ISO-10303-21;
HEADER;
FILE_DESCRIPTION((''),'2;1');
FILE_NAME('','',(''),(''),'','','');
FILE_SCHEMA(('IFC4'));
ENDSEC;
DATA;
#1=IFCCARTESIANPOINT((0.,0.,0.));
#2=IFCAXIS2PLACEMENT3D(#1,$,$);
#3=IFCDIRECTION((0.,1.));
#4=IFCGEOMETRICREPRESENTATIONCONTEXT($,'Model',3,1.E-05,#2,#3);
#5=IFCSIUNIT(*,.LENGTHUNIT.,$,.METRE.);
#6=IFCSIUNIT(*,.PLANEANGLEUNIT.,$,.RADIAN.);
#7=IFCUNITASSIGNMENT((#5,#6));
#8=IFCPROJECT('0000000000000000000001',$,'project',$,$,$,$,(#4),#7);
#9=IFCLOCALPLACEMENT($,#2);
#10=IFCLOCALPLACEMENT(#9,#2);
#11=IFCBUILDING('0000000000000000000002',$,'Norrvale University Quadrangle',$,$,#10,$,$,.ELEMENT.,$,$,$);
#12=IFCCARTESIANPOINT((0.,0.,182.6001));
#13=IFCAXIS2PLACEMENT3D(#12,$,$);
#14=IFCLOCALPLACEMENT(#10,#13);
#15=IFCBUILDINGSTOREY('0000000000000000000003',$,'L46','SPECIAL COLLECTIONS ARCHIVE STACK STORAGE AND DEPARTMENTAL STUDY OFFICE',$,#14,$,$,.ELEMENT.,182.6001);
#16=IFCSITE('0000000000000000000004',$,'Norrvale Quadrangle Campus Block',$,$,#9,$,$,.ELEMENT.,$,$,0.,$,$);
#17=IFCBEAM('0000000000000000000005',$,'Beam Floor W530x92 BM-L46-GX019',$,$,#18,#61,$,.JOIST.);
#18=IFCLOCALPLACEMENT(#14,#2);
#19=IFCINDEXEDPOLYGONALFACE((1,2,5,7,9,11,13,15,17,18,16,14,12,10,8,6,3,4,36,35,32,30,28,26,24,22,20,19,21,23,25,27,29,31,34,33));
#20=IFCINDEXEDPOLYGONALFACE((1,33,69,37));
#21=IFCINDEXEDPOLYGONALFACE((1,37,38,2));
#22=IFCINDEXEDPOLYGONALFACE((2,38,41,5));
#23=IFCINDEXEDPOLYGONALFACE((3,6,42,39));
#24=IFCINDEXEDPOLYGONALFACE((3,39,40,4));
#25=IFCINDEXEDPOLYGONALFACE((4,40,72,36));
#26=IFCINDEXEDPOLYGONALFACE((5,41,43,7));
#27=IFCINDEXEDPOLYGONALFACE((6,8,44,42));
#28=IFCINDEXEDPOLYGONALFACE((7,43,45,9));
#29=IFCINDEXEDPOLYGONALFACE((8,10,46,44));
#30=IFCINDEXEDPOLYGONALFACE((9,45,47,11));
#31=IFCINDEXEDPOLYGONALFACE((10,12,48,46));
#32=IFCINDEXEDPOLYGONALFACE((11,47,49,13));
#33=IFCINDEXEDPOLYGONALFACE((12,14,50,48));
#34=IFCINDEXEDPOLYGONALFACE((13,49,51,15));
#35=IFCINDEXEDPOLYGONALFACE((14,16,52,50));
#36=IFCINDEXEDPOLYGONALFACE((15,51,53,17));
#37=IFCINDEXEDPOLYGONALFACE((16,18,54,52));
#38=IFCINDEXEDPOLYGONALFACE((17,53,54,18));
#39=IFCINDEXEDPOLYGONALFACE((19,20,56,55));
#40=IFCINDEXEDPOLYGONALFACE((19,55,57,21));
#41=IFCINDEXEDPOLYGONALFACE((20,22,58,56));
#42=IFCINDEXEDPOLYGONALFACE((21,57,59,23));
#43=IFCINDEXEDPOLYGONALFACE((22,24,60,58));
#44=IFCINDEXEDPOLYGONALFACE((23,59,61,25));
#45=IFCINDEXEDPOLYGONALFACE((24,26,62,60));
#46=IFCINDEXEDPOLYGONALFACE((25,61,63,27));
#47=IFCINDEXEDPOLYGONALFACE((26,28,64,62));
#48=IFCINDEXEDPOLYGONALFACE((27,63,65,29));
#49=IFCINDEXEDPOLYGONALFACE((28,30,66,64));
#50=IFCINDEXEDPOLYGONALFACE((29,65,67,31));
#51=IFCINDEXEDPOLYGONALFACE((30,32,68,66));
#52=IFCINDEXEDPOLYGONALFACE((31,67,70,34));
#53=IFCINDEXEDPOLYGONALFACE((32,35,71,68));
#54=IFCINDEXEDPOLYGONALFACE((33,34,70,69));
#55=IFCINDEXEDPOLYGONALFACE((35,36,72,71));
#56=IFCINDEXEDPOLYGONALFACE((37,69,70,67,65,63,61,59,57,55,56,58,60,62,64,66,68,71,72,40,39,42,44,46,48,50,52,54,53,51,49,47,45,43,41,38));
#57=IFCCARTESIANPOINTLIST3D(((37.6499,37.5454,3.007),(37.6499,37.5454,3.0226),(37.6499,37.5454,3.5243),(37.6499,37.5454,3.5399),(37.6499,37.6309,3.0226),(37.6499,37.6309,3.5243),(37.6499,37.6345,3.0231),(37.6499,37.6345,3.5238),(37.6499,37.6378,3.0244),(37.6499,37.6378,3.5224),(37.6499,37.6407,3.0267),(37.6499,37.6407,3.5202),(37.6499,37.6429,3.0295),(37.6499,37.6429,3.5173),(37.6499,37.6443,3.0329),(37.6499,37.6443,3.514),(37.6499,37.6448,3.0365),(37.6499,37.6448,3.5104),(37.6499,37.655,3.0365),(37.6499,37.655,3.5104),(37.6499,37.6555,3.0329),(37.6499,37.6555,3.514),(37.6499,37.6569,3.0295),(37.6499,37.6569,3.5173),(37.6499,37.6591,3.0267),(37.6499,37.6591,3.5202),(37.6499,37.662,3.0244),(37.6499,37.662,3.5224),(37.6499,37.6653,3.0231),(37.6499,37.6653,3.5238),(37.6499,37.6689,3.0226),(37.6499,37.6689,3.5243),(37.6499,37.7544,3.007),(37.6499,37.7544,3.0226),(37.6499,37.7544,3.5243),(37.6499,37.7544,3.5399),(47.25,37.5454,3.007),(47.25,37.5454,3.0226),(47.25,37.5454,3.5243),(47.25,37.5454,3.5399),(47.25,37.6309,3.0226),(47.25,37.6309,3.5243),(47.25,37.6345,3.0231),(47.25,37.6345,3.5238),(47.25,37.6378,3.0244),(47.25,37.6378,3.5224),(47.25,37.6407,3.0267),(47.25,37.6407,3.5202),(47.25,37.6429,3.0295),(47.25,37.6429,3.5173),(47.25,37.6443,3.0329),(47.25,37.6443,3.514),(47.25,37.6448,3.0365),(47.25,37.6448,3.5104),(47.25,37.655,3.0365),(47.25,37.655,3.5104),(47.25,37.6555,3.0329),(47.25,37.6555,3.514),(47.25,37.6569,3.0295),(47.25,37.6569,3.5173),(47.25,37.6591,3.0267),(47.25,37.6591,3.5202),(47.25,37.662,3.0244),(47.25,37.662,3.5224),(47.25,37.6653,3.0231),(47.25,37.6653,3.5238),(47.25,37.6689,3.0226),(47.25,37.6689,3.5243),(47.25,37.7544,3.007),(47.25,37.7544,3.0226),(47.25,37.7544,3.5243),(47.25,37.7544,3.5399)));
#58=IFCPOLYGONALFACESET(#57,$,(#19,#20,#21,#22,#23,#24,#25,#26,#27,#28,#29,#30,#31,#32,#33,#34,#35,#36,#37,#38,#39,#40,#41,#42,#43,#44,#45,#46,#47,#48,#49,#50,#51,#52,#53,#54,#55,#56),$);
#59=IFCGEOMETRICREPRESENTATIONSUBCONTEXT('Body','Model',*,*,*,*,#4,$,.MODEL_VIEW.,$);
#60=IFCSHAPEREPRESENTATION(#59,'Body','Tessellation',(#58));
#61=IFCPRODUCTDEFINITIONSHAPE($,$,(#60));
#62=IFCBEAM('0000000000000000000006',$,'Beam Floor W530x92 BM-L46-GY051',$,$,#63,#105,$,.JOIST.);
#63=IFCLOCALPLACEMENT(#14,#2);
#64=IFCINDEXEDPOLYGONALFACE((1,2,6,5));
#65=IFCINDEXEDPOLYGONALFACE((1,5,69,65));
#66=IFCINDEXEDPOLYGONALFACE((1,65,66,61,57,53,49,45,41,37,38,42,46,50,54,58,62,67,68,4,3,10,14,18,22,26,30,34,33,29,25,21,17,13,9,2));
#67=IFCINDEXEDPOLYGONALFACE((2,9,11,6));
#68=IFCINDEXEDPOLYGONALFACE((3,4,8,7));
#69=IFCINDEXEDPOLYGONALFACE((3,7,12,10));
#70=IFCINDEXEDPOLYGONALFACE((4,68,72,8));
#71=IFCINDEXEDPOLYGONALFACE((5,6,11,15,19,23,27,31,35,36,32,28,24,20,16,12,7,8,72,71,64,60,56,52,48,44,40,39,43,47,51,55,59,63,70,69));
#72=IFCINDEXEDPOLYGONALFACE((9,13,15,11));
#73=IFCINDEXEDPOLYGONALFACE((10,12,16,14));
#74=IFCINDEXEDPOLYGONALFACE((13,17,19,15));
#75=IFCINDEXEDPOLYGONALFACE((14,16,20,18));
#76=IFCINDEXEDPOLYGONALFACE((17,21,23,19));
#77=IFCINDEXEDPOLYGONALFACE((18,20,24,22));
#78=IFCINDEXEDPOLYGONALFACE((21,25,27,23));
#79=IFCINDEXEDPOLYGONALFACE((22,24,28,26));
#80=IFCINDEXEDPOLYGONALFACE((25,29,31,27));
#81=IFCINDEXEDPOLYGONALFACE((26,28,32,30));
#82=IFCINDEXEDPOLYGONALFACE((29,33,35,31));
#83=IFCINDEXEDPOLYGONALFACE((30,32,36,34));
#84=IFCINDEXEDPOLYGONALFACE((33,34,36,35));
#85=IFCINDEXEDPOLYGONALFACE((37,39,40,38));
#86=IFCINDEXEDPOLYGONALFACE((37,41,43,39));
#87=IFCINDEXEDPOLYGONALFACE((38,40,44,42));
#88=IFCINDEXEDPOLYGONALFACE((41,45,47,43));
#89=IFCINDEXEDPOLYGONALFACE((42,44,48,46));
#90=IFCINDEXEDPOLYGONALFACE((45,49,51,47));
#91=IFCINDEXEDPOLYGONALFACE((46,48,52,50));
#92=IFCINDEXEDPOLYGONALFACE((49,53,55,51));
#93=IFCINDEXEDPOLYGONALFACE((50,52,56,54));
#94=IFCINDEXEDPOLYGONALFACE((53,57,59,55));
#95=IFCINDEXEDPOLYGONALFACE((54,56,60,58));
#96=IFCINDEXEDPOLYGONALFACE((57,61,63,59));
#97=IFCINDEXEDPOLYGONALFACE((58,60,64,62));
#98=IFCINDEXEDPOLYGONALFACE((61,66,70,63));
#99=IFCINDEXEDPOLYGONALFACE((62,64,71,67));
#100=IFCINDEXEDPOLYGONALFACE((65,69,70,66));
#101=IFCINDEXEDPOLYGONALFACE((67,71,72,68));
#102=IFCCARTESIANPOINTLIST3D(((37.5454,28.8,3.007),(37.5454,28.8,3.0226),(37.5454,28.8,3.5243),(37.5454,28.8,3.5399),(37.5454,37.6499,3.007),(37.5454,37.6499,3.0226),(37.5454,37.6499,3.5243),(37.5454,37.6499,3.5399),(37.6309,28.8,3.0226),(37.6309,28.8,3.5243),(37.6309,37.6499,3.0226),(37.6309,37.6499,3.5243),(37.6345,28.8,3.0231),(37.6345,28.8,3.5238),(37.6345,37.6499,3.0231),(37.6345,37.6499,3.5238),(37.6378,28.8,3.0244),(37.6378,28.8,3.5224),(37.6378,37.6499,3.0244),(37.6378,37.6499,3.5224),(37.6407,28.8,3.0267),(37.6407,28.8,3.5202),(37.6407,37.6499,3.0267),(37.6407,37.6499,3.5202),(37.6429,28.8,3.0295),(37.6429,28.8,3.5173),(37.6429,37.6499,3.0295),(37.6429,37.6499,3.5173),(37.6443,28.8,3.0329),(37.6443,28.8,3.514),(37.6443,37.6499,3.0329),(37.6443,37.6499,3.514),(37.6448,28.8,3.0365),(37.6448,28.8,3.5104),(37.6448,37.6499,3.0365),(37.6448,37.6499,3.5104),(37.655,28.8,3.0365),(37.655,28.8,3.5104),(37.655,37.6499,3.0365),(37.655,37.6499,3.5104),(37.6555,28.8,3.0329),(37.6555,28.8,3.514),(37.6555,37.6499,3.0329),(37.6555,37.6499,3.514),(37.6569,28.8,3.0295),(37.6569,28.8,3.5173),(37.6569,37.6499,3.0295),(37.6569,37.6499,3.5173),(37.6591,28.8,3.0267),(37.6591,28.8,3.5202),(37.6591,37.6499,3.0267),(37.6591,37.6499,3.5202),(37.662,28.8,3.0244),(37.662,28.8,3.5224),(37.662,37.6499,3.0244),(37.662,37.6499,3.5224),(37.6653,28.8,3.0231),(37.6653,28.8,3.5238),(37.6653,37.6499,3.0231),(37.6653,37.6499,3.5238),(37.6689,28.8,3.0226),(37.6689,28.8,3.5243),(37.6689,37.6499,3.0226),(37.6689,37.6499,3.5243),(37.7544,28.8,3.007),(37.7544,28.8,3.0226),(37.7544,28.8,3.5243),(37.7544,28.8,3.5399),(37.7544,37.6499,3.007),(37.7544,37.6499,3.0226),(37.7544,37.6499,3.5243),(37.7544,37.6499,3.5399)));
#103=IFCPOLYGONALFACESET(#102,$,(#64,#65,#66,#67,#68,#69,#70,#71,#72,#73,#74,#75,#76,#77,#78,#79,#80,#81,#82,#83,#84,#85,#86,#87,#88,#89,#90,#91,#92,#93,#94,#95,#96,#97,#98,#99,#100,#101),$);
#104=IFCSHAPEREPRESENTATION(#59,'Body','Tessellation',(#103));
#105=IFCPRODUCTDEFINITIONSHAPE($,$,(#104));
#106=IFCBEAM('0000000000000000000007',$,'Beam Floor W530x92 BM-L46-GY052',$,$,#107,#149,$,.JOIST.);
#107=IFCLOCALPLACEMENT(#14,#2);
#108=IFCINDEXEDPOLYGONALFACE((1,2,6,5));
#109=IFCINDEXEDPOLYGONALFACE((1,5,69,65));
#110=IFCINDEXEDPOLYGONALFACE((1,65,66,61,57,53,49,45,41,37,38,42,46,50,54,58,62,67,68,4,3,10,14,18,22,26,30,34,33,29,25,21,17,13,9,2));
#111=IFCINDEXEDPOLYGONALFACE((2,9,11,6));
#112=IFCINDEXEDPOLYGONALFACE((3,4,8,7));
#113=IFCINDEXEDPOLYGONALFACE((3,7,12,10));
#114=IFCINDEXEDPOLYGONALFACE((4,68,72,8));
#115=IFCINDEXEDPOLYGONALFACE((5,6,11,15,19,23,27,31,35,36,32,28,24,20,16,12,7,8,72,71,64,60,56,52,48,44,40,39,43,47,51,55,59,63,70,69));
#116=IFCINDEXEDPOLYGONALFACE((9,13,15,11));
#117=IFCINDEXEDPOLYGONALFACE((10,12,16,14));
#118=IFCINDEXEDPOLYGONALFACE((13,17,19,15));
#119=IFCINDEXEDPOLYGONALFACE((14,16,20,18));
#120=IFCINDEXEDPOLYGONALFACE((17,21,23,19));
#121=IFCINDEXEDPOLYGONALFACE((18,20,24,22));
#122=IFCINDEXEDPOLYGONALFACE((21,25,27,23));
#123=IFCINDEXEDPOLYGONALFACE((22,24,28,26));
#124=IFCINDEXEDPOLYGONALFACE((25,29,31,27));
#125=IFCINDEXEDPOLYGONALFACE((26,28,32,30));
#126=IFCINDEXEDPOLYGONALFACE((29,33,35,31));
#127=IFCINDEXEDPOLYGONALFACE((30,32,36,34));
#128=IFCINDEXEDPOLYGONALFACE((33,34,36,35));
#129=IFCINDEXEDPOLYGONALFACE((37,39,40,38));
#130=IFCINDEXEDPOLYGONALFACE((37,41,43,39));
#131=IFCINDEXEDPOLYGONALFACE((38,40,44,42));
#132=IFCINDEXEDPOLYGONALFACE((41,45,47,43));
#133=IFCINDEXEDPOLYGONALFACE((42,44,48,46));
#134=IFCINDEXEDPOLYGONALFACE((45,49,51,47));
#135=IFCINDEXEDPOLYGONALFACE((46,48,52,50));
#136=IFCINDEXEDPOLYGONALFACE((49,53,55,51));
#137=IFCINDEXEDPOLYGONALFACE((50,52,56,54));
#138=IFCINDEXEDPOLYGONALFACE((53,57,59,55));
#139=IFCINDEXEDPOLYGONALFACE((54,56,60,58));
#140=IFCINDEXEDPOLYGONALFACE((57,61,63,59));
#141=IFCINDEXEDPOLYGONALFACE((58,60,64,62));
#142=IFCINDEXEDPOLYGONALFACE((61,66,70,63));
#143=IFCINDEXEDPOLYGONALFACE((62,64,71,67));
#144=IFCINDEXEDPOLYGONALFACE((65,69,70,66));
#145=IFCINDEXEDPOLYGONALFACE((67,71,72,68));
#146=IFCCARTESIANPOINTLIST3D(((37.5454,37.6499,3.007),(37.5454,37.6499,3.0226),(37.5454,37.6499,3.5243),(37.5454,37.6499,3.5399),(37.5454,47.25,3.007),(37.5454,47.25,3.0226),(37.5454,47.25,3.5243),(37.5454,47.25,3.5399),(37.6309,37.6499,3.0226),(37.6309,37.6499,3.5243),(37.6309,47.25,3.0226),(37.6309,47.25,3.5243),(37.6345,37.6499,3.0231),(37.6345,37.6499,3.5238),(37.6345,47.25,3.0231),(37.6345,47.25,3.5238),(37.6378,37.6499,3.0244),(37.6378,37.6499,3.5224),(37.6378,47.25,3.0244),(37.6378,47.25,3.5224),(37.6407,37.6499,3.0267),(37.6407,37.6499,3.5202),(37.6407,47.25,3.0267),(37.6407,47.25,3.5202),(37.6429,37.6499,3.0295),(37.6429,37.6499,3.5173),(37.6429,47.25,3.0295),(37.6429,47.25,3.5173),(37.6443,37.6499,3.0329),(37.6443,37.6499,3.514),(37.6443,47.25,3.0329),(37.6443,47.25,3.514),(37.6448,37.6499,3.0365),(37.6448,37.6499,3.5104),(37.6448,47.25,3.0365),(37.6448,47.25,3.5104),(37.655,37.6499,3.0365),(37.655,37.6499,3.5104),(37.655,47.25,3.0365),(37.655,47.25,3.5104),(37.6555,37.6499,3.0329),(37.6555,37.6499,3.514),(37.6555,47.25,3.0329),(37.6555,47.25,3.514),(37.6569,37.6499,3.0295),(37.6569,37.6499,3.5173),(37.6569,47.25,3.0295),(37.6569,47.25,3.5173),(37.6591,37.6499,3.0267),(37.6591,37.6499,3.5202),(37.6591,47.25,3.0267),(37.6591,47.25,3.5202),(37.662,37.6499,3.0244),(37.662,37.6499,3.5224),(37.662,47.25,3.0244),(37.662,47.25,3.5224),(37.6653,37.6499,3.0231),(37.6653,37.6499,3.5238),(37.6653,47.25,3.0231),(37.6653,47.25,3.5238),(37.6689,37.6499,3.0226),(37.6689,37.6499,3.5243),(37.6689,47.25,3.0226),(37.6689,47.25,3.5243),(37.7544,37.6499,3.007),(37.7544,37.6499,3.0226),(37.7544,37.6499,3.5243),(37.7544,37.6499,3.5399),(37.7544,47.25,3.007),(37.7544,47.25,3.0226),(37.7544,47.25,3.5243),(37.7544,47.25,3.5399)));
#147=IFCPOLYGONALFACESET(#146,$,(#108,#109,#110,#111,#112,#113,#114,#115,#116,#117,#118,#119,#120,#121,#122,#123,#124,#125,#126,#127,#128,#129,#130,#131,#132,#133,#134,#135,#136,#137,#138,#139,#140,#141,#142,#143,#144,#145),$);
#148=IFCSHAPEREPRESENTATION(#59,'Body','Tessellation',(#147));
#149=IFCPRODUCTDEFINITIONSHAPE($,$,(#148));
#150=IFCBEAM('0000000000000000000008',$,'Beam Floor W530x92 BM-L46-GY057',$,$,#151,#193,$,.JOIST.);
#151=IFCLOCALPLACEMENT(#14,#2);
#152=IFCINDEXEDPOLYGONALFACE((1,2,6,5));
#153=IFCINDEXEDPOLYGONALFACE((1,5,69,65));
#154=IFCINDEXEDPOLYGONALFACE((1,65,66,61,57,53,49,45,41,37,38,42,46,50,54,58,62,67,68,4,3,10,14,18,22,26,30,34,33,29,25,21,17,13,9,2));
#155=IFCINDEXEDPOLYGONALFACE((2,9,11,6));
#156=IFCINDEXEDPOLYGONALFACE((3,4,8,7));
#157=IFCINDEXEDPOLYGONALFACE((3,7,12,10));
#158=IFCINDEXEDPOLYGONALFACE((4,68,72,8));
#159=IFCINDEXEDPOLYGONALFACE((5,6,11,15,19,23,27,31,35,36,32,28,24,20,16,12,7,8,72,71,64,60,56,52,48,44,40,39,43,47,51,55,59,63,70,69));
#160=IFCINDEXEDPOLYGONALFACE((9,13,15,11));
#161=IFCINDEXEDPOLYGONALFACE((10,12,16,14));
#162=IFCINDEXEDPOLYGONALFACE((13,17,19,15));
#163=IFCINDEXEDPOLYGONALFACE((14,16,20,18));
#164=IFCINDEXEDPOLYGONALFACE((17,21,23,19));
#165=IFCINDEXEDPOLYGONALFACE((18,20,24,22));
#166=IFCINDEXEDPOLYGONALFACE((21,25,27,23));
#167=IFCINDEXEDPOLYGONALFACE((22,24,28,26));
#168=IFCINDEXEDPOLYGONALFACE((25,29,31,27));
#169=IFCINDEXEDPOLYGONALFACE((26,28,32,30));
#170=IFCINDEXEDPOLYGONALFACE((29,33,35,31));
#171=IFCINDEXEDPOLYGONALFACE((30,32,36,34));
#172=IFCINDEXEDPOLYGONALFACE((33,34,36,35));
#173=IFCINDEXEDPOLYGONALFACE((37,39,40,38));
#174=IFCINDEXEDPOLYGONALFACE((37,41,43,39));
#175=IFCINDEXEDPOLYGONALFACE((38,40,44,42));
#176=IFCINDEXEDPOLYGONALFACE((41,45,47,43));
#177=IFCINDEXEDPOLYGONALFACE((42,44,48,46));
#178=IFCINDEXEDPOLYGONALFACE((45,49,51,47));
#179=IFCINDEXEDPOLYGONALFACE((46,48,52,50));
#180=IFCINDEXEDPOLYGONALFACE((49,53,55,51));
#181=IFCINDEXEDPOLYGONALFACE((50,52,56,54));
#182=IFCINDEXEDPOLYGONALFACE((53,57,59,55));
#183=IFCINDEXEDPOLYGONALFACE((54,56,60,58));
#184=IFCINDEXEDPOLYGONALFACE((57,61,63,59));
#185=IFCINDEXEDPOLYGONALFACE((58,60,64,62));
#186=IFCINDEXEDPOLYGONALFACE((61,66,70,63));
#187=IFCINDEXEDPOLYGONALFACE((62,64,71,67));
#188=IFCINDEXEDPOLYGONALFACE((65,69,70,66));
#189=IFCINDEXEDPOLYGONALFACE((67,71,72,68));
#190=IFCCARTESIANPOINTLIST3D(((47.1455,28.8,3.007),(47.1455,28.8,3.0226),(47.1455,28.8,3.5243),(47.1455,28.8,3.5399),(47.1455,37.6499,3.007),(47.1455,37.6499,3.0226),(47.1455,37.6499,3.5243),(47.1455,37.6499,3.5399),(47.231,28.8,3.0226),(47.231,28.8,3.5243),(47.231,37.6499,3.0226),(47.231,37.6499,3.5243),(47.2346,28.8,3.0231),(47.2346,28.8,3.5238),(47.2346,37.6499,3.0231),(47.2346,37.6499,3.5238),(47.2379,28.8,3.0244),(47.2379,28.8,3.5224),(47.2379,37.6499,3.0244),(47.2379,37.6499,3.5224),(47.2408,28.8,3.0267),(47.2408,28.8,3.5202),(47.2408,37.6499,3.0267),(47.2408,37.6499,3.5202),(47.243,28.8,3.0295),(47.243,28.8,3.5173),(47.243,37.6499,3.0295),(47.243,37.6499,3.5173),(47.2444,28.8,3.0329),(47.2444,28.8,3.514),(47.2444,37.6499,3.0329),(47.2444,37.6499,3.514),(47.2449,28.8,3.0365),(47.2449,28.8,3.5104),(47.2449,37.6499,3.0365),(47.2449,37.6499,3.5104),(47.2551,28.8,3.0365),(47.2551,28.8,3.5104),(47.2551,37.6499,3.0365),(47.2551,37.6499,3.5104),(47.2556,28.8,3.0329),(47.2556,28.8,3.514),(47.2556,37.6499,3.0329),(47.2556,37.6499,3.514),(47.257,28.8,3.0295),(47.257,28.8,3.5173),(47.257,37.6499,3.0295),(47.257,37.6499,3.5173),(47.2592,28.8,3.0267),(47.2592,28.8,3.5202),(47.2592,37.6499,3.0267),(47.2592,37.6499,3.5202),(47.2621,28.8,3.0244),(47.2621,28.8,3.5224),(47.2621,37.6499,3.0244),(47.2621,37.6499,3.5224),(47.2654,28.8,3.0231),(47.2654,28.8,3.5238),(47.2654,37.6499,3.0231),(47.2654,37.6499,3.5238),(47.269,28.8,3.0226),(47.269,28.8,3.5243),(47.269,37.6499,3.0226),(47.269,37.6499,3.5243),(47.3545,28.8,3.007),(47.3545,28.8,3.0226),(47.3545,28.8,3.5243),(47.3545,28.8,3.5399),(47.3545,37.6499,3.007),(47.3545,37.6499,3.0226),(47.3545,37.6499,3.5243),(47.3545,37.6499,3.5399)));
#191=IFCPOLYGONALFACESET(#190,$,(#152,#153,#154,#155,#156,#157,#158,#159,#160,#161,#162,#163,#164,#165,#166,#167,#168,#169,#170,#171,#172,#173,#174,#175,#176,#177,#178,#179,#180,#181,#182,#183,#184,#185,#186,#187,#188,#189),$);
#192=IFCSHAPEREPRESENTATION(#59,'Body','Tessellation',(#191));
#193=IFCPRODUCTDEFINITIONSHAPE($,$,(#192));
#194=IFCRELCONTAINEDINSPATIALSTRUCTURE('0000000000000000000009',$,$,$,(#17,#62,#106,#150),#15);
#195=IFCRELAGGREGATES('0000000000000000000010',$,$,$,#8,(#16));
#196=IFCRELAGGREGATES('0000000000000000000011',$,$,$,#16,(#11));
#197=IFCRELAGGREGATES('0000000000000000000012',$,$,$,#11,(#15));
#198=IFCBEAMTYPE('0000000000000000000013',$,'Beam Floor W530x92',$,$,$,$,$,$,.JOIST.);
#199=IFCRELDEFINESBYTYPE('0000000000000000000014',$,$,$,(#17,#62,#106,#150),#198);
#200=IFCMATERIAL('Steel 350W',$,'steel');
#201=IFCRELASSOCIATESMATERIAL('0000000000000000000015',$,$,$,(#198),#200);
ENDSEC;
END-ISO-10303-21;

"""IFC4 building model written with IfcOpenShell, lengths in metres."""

from ifc_helpers import new_model, si_unit, direction, frame, origin, origin_2d, place, context, subcontext, project, spatial, i_section, extrude, material, material_profile, profile_set, type_object, element, save


model = new_model("IFC4")

# Units and contexts
model_context = context("Model", 3, precision=1e-05, world=origin(), true_north=direction((0.0, 1.0)))
body_context = subcontext(model_context, "Body", "Model", "MODEL_VIEW")
ifc_project = project(units=[si_unit("LENGTHUNIT", "METRE"), si_unit("PLANEANGLEUNIT", "RADIAN")], contexts=[model_context])

# Site, building, storey
site_placement = place(None, origin())
site = spatial("IfcSite", under=ifc_project, at=site_placement, Name="Norrvale Quadrangle Campus Block", CompositionType="ELEMENT", RefElevation=0.0)
building_placement = place(site_placement, origin())
building = spatial("IfcBuilding", under=site, at=building_placement, Name="Norrvale University Quadrangle", CompositionType="ELEMENT")
storey_placement = place(building_placement, frame((0.0, 0.0, 182.6001)))
storey = spatial("IfcBuildingStorey", under=building, at=storey_placement, Name="L46", Description="SPECIAL COLLECTIONS ARCHIVE STACK STORAGE AND DEPARTMENTAL STUDY OFFICE", CompositionType="ELEMENT", Elevation=182.6001)

# Beams
ifc_material_1 = material(Name="Steel 350W", Category="steel")
ifc_material_profile_1 = material_profile(ifc_material_1, i_section(OverallWidth=0.209, OverallDepth=0.533, WebThickness=0.0103, FlangeThickness=0.0156, FilletRadius=0.0139, at=origin_2d()), Name="Steel 350W")
ifc_profile_set_1 = profile_set([ifc_material_profile_1], Name="Steel 350W")
beam_type_1 = type_object("IfcBeamType", Name="Beam Floor W530x92", PredefinedType="JOIST", material=ifc_profile_set_1)
for number, where, z_axis, x_axis, name in (
    (1, (37.6499, 37.6499, 3.2734), (1.0, 0.0, 0.0), (0.0, 1.0, 0.0), "Beam Floor W530x92 BM-L46-GX019"),
):
    element("IfcBeam", number, at=place(storey_placement, frame(where, z_axis=z_axis, x_axis=x_axis)), inside=storey, type_object=beam_type_1, Name=name, PredefinedType="JOIST", context=body_context, shape_type="SweptSolid", body=[
        extrude(i_section(OverallWidth=0.209, OverallDepth=0.533, WebThickness=0.0103, FlangeThickness=0.0156, FilletRadius=0.0139, at=origin_2d()), origin(), (0.0, 0.0, 1.0), 9.6001),
    ])
beam_1_placement = place(storey_placement, frame((37.6499, 28.8, 3.2734), z_axis=(0.0, 1.0, 0.0), x_axis=(-1.0, 0.0, 0.0)))
element("IfcBeam", 2, at=beam_1_placement, inside=storey, type_object=beam_type_1, Name="Beam Floor W530x92 BM-L46-GY051", PredefinedType="JOIST", context=body_context, shape_type="SweptSolid", body=[
    extrude(i_section(OverallWidth=0.209, OverallDepth=0.533, WebThickness=0.0103, FlangeThickness=0.0156, FilletRadius=0.0139, at=origin_2d()), origin(), (0.0, 0.0, 1.0), 8.8499),
])
beam_2_placement = place(storey_placement, frame((37.6499, 37.6499, 3.2734), z_axis=(0.0, 1.0, 0.0), x_axis=(-1.0, 0.0, 0.0)))
element("IfcBeam", 3, at=beam_2_placement, inside=storey, type_object=beam_type_1, Name="Beam Floor W530x92 BM-L46-GY052", PredefinedType="JOIST", context=body_context, shape_type="SweptSolid", body=[
    extrude(i_section(OverallWidth=0.209, OverallDepth=0.533, WebThickness=0.0103, FlangeThickness=0.0156, FilletRadius=0.0139, at=origin_2d()), origin(), (0.0, 0.0, 1.0), 9.6001),
])
beam_3_placement = place(storey_placement, frame((47.25, 28.8, 3.2734), z_axis=(0.0, 1.0, 0.0), x_axis=(-1.0, 0.0, 0.0)))
element("IfcBeam", 4, at=beam_3_placement, inside=storey, type_object=beam_type_1, Name="Beam Floor W530x92 BM-L46-GY057", PredefinedType="JOIST", context=body_context, shape_type="SweptSolid", body=[
    extrude(i_section(OverallWidth=0.209, OverallDepth=0.533, WebThickness=0.0103, FlangeThickness=0.0156, FilletRadius=0.0139, at=origin_2d()), origin(), (0.0, 0.0, 1.0), 8.8499),
])

save(model, "model.ifc")
